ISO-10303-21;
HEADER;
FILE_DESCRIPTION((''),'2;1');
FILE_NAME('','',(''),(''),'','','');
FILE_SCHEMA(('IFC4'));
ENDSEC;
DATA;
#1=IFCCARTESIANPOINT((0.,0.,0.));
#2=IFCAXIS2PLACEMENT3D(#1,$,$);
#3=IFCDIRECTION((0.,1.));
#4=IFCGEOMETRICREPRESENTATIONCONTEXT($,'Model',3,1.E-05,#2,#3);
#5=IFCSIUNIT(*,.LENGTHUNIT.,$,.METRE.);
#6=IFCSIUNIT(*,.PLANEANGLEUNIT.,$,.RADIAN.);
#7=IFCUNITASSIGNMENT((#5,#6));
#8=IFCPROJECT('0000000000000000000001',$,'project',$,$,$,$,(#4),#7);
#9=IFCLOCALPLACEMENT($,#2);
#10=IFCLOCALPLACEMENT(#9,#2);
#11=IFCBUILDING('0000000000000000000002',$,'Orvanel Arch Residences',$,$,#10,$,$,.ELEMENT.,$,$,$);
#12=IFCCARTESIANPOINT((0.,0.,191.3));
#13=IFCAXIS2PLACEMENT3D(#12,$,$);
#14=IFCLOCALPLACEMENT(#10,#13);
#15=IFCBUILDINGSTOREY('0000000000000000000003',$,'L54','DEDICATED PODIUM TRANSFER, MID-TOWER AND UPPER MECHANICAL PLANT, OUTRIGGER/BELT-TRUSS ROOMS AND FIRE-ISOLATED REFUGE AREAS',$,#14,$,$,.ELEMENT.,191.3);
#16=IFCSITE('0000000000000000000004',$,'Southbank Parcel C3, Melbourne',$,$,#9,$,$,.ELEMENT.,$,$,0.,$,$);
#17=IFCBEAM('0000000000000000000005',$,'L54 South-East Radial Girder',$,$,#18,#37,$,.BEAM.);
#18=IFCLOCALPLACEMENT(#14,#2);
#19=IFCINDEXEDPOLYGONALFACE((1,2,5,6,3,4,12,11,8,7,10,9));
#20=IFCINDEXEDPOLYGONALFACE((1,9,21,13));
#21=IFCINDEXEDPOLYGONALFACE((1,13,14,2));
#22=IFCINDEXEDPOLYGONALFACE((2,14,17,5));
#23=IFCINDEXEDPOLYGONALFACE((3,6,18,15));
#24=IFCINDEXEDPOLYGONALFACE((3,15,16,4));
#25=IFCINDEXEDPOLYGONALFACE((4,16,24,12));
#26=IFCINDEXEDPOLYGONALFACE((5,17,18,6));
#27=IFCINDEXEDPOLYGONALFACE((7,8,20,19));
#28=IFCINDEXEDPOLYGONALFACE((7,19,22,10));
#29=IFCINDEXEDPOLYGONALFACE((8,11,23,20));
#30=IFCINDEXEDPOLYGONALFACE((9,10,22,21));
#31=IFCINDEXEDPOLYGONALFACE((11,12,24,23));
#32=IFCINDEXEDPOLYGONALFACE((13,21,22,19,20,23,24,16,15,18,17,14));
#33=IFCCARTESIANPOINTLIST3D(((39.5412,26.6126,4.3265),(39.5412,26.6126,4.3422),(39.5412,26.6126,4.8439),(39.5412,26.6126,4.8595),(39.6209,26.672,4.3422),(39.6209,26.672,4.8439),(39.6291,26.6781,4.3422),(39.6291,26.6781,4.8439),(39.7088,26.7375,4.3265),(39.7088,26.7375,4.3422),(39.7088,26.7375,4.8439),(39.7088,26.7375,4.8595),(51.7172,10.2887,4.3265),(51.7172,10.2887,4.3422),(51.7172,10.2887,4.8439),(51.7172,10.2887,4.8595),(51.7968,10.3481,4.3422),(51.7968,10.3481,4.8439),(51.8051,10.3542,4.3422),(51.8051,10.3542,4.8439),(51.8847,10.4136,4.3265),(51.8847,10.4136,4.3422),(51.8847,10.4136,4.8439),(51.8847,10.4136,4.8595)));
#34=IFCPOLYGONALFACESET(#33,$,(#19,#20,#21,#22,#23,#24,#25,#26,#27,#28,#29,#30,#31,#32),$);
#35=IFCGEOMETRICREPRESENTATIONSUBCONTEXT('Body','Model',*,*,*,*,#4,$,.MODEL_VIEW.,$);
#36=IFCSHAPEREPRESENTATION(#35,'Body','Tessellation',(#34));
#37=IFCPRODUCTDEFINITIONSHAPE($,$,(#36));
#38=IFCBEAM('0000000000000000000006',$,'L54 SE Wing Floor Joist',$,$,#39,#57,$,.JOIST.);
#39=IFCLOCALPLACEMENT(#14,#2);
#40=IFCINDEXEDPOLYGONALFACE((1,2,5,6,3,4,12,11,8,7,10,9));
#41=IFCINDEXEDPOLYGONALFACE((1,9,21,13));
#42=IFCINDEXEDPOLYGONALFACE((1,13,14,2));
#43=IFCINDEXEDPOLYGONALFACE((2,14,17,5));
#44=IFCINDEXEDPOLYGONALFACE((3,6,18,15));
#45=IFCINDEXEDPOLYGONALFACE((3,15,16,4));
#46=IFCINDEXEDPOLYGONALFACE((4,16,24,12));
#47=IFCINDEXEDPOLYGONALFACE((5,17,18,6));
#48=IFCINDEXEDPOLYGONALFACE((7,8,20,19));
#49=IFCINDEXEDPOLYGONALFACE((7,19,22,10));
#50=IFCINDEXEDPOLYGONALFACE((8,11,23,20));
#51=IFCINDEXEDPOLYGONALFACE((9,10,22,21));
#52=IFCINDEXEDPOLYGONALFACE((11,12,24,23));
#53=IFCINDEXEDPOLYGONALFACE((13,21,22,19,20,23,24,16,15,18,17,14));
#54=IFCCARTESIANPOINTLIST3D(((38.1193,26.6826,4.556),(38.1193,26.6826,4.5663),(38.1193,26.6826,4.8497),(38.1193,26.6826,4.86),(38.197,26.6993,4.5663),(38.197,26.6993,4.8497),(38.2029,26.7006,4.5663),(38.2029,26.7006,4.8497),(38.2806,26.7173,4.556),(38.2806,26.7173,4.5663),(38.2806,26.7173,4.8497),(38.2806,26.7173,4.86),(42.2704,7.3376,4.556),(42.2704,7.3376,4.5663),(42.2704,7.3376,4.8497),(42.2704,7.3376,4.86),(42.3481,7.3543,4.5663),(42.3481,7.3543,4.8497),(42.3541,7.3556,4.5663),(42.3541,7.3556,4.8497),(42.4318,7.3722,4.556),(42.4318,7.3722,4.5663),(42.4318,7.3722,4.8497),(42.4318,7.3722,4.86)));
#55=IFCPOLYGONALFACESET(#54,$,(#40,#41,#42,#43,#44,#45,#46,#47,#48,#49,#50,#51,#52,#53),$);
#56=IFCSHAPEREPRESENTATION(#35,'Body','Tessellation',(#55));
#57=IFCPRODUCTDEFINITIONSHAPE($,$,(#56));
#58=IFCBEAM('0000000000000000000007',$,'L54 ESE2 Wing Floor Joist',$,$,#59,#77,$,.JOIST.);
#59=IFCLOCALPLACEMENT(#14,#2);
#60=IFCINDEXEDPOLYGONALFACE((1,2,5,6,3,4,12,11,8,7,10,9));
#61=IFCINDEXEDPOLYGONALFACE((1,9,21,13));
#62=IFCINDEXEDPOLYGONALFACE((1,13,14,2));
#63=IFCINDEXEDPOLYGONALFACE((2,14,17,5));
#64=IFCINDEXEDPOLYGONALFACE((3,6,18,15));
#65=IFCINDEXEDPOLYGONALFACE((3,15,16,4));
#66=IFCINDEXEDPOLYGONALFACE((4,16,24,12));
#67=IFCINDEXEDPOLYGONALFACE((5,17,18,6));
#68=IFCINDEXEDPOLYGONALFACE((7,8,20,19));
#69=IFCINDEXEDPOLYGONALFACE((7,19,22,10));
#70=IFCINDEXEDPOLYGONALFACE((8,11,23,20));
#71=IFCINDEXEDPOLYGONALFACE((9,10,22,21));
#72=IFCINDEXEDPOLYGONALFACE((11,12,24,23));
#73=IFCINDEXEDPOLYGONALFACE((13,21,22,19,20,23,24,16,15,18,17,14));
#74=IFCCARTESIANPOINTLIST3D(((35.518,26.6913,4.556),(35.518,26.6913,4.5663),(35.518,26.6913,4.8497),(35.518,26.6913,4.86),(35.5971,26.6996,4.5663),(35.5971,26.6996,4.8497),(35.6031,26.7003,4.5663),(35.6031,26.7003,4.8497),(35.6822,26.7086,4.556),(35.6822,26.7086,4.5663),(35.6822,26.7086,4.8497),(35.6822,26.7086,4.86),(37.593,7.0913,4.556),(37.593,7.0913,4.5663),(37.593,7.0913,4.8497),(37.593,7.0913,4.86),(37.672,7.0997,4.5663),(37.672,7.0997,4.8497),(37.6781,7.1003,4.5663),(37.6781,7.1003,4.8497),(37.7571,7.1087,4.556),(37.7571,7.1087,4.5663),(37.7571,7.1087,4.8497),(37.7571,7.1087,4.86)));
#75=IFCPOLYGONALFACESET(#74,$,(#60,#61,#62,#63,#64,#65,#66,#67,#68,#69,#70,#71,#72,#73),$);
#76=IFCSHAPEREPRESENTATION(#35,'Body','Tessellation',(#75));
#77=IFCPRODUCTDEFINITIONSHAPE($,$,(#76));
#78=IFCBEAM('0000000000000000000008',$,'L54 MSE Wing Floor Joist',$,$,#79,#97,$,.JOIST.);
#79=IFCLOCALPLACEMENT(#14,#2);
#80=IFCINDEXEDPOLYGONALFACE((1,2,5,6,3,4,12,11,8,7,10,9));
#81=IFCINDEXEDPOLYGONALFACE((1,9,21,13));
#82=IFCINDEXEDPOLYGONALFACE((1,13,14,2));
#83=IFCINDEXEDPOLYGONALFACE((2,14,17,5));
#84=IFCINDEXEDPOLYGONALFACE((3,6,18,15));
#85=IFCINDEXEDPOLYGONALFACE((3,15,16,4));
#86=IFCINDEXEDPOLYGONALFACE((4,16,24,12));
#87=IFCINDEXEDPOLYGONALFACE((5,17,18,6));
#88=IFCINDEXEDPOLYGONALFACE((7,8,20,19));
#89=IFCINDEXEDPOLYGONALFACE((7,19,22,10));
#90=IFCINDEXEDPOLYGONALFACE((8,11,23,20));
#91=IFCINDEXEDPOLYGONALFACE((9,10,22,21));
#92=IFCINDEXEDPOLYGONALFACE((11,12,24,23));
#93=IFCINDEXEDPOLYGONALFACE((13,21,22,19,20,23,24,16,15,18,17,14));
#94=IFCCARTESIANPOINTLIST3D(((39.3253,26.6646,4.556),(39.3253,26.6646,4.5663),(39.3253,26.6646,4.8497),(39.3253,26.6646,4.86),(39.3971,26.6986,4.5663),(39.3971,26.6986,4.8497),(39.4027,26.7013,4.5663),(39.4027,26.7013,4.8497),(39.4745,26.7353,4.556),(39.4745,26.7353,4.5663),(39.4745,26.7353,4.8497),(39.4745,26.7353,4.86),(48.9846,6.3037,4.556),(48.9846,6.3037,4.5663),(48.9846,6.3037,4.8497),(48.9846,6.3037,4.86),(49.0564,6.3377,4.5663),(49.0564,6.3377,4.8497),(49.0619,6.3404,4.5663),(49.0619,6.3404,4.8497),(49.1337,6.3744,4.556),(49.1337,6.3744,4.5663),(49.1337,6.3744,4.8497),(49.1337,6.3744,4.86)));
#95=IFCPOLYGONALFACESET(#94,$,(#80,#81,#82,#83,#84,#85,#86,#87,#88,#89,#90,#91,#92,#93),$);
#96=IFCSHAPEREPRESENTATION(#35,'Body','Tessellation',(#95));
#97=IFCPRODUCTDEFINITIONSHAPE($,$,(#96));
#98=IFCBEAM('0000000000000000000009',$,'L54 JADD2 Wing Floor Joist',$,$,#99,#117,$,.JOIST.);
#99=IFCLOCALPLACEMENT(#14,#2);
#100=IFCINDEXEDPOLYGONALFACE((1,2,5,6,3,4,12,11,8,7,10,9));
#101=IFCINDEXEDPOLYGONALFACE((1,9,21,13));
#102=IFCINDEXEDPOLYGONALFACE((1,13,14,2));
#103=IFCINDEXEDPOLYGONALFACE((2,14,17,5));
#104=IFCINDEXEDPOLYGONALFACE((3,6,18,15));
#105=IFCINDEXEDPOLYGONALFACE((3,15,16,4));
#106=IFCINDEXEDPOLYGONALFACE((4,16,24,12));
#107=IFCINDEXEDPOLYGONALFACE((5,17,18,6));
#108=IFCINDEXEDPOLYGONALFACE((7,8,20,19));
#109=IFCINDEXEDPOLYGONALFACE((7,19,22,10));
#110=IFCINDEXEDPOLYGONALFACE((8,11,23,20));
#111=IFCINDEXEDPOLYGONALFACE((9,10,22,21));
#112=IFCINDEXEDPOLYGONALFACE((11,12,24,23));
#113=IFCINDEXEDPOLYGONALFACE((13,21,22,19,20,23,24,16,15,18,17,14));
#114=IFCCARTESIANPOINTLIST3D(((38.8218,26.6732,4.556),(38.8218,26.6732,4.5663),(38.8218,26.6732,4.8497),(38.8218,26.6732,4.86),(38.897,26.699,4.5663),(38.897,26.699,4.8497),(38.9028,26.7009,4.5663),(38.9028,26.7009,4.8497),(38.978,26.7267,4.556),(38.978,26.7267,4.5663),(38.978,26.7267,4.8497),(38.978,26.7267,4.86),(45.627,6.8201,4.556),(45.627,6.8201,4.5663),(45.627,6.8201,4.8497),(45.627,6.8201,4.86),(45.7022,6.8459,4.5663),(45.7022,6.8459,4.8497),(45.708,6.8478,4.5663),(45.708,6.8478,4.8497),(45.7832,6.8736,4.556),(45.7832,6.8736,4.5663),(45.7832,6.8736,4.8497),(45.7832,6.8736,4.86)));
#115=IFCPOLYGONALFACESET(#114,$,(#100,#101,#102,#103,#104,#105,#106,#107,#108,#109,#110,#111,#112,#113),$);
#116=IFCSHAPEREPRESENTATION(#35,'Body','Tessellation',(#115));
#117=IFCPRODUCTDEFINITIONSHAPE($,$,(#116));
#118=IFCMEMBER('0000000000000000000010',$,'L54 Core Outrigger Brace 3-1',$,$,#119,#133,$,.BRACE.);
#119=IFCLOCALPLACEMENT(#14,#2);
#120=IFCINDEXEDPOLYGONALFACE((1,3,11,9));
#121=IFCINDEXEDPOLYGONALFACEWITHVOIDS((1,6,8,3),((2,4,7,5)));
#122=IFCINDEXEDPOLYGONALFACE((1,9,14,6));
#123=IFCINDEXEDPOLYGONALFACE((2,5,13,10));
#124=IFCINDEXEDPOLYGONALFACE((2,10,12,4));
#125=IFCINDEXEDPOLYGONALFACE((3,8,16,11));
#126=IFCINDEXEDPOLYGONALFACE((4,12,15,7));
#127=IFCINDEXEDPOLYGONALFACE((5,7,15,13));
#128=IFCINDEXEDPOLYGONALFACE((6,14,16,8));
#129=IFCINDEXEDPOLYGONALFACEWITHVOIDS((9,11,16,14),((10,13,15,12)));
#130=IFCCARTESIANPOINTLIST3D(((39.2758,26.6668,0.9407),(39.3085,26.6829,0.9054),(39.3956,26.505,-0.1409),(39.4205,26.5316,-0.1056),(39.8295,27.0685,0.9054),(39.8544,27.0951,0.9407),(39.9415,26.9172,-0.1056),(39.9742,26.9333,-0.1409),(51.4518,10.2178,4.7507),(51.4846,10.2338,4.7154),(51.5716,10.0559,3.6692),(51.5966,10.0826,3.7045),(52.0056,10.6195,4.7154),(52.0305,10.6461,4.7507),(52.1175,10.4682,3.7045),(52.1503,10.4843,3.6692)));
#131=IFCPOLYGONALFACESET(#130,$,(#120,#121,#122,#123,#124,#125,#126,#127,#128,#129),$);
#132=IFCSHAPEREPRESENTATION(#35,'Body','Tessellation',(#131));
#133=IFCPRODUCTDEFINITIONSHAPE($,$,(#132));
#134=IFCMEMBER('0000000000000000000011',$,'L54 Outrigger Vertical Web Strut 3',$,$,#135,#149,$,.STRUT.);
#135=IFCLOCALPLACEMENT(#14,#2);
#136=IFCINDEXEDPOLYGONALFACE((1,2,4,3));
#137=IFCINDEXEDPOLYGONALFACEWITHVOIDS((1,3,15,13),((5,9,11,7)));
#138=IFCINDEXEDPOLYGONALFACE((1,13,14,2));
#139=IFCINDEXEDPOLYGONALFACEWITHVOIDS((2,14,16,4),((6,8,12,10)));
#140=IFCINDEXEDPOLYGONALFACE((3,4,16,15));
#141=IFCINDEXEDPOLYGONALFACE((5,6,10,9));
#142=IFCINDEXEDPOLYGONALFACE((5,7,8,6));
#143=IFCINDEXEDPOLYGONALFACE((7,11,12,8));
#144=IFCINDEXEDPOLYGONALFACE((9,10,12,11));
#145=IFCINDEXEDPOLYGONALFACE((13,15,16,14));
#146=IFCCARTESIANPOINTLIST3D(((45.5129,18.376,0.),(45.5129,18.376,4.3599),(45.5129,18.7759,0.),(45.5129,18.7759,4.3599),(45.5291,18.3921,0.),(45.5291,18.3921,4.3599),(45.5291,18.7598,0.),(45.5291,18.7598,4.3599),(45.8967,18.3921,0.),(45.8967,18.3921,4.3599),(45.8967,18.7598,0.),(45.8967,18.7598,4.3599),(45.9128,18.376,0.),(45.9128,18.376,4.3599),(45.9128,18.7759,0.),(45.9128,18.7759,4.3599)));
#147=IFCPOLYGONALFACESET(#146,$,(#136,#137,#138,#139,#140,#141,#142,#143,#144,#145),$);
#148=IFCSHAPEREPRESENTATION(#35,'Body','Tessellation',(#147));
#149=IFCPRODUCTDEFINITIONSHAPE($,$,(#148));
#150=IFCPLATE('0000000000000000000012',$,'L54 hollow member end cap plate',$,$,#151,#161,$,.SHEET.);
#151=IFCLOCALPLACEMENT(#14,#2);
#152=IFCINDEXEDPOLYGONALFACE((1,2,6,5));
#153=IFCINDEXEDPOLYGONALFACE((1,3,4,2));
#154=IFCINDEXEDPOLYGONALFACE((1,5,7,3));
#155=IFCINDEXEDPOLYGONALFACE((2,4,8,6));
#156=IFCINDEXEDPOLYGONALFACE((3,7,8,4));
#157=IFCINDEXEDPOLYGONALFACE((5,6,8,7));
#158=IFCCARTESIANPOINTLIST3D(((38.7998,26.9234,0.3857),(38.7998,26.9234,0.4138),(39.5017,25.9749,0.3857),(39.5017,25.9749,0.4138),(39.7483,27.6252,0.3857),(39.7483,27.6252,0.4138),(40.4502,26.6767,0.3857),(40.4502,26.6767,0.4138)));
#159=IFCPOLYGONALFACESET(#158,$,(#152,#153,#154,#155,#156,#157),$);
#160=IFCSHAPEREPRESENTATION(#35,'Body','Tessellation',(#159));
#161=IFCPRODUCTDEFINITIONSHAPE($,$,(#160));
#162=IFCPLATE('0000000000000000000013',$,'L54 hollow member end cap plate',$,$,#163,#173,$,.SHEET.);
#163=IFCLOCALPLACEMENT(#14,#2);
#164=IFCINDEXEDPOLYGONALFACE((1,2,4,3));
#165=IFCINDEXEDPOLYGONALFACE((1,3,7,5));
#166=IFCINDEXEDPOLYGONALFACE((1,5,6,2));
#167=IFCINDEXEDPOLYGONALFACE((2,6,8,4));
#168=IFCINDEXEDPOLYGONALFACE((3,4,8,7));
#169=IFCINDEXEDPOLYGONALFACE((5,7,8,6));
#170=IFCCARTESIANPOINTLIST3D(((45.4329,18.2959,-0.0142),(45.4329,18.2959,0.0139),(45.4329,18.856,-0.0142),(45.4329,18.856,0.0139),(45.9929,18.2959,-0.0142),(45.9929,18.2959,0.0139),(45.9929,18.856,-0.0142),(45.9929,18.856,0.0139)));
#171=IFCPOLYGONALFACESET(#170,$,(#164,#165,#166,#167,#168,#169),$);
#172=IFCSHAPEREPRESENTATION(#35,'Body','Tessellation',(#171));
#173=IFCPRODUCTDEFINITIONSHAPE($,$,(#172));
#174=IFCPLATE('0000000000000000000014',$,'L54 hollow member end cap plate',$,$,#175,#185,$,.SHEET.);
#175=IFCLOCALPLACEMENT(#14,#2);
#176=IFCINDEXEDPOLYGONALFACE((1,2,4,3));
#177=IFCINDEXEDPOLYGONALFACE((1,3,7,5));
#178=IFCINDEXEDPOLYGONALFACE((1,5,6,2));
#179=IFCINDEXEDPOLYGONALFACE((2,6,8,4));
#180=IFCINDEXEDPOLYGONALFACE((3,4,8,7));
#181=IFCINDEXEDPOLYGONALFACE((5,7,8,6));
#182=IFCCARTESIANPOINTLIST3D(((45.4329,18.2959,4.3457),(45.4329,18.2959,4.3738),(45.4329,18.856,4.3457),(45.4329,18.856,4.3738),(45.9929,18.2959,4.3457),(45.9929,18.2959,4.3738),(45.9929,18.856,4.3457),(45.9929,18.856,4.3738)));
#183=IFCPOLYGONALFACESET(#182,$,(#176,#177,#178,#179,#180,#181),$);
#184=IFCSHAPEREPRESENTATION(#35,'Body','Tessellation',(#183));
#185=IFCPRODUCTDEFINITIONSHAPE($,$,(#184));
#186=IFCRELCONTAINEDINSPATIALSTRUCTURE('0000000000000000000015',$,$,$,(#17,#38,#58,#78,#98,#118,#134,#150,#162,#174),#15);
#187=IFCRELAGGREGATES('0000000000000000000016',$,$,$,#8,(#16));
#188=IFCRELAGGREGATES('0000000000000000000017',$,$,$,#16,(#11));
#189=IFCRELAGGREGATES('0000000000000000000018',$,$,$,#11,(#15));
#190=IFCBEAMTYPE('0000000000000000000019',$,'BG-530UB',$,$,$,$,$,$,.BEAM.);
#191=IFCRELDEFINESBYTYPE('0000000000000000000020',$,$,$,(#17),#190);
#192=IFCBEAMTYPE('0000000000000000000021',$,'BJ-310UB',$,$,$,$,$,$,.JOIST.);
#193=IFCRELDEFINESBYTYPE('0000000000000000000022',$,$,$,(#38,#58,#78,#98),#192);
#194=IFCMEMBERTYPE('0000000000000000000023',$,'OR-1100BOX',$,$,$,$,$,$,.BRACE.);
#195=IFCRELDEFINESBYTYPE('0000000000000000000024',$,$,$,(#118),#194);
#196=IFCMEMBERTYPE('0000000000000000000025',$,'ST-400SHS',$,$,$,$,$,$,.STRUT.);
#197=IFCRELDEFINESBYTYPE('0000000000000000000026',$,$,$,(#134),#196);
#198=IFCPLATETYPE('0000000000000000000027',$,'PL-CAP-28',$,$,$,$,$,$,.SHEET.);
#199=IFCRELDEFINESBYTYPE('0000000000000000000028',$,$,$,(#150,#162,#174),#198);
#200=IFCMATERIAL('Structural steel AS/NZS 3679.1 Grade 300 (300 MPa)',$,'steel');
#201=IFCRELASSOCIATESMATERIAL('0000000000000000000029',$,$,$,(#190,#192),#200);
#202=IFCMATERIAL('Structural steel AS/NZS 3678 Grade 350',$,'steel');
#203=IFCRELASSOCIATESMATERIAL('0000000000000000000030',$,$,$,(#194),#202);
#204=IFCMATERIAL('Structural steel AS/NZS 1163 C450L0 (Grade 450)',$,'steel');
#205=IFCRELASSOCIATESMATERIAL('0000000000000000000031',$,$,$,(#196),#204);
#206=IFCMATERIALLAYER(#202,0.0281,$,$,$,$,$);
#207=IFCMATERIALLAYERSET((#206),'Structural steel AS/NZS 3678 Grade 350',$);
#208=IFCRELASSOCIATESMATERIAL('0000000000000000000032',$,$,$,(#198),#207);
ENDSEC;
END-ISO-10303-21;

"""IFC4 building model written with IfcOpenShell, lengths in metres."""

from ifc_helpers import new_model, si_unit, direction, frame, origin, origin_2d, place, context, subcontext, project, spatial, rectangle, hollow_rectangle, i_section, extrude, material, layer, layer_set, material_profile, profile_set, type_object, element, save


model = new_model("IFC4")

# Units and contexts
model_context = context("Model", 3, precision=1e-05, world=origin(), true_north=direction((0.0, 1.0)))
body_context = subcontext(model_context, "Body", "Model", "MODEL_VIEW")
ifc_project = project(units=[si_unit("LENGTHUNIT", "METRE"), si_unit("PLANEANGLEUNIT", "RADIAN")], contexts=[model_context])

# Site, building, storey
site_placement = place(None, origin())
site = spatial("IfcSite", under=ifc_project, at=site_placement, Name="Southbank Parcel C3, Melbourne", CompositionType="ELEMENT", RefElevation=0.0)
building_placement = place(site_placement, origin())
building = spatial("IfcBuilding", under=site, at=building_placement, Name="Orvanel Arch Residences", CompositionType="ELEMENT")
storey_placement = place(building_placement, frame((0.0, 0.0, 191.3)))
storey = spatial("IfcBuildingStorey", under=building, at=storey_placement, Name="L54", Description="DEDICATED PODIUM TRANSFER, MID-TOWER AND UPPER MECHANICAL PLANT, OUTRIGGER/BELT-TRUSS ROOMS AND FIRE-ISOLATED REFUGE AREAS", CompositionType="ELEMENT", Elevation=191.3)

# Beams
ifc_material_1 = material(Name="Structural steel AS/NZS 3679.1 Grade 300 (300 MPa)", Category="steel")
ifc_material_profile_1 = material_profile(ifc_material_1, i_section(OverallWidth=0.209, OverallDepth=0.533, WebThickness=0.0103, FlangeThickness=0.0156, at=origin_2d()), Name="530UB92.4")
ifc_profile_set_1 = profile_set([ifc_material_profile_1], Name="Structural steel AS/NZS 3679.1 Grade 300 (300 MPa)")
beam_type_1 = type_object("IfcBeamType", Name="BG-530UB", PredefinedType="BEAM", material=ifc_profile_set_1)
beam_1_placement = place(storey_placement, frame((39.625, 26.675, 4.593), z_axis=(0.597894, -0.801575, 0.0), x_axis=(0.801575, 0.597894, 0.0)))
element("IfcBeam", 1, at=beam_1_placement, inside=storey, type_object=beam_type_1, Name="L54 South-East Radial Girder", PredefinedType="BEAM", context=body_context, shape_type="SweptSolid", body=[
    extrude(i_section(OverallWidth=0.209, OverallDepth=0.533, WebThickness=0.0103, FlangeThickness=0.0156, at=origin_2d()), origin(), (0.0, 0.0, 1.0), 20.3647),
])
ifc_material_profile_2 = material_profile(ifc_material_1, i_section(OverallWidth=0.165, OverallDepth=0.304, WebThickness=0.0061, FlangeThickness=0.0103, at=origin_2d()), Name="310UB40.4")
ifc_profile_set_2 = profile_set([ifc_material_profile_2], Name="Structural steel AS/NZS 3679.1 Grade 300 (300 MPa)")
beam_type_2 = type_object("IfcBeamType", Name="BJ-310UB", PredefinedType="JOIST", material=ifc_profile_set_2)
beam_2_placement = place(storey_placement, frame((38.2, 26.7, 4.708), z_axis=(0.209808, -0.977743, 0.0), x_axis=(0.977743, 0.209808, 0.0)))
element("IfcBeam", 2, at=beam_2_placement, inside=storey, type_object=beam_type_2, Name="L54 SE Wing Floor Joist", PredefinedType="JOIST", context=body_context, shape_type="SweptSolid", body=[
    extrude(i_section(OverallWidth=0.165, OverallDepth=0.304, WebThickness=0.0061, FlangeThickness=0.0103, at=origin_2d()), origin(), (0.0, 0.0, 1.0), 19.7854),
])
beam_3_placement = place(storey_placement, frame((35.6001, 26.7, 4.708), z_axis=(0.105277, -0.994443, 0.0), x_axis=(0.994443, 0.105277, 0.0)))
element("IfcBeam", 3, at=beam_3_placement, inside=storey, type_object=beam_type_2, Name="L54 ESE2 Wing Floor Joist", PredefinedType="JOIST", context=body_context, shape_type="SweptSolid", body=[
    extrude(i_section(OverallWidth=0.165, OverallDepth=0.304, WebThickness=0.0061, FlangeThickness=0.0103, at=origin_2d()), origin(), (0.0, 0.0, 1.0), 19.7095),
])
beam_4_placement = place(storey_placement, frame((39.3999, 26.7, 4.708), z_axis=(0.428614, -0.903488, 0.0), x_axis=(0.903488, 0.428614, 0.0)))
element("IfcBeam", 4, at=beam_4_placement, inside=storey, type_object=beam_type_2, Name="L54 MSE Wing Floor Joist", PredefinedType="JOIST", context=body_context, shape_type="SweptSolid", body=[
    extrude(i_section(OverallWidth=0.165, OverallDepth=0.304, WebThickness=0.0061, FlangeThickness=0.0103, at=origin_2d()), origin(), (0.0, 0.0, 1.0), 22.5359),
])
beam_5_placement = place(storey_placement, frame((38.8999, 26.7, 4.708), z_axis=(0.324257, -0.945969, 0.0), x_axis=(0.945969, 0.324257, 0.0)))
element("IfcBeam", 5, at=beam_5_placement, inside=storey, type_object=beam_type_2, Name="L54 JADD2 Wing Floor Joist", PredefinedType="JOIST", context=body_context, shape_type="SweptSolid", body=[
    extrude(i_section(OverallWidth=0.165, OverallDepth=0.304, WebThickness=0.0061, FlangeThickness=0.0103, at=origin_2d()), origin(), (0.0, 0.0, 1.0), 20.9871),
])

# Members
ifc_material_2 = material(Name="Structural steel AS/NZS 3678 Grade 350", Category="steel")
ifc_material_profile_3 = material_profile(ifc_material_2, hollow_rectangle(XDim=0.72, YDim=1.1001, WallThickness=0.0359, at=origin_2d()), Name="BOX1100x720x36")
ifc_profile_set_3 = profile_set([ifc_material_profile_3], Name="Structural steel AS/NZS 3678 Grade 350")
member_type_1 = type_object("IfcMemberType", Name="OR-1100BOX", PredefinedType="BRACE", material=ifc_profile_set_3)
member_1_placement = place(storey_placement, frame((39.625, 26.8, 0.3999), z_axis=(0.584912, -0.790176, 0.183028), x_axis=(0.803753, 0.594962, 0.0)))
element("IfcMember", 6, at=member_1_placement, inside=storey, type_object=member_type_1, Name="L54 Core Outrigger Brace 3-1", PredefinedType="BRACE", context=body_context, shape_type="SweptSolid", body=[
    extrude(hollow_rectangle(XDim=0.72, YDim=1.1001, WallThickness=0.0359, at=origin_2d()), origin(), (0.0, 0.0, 1.0), 20.8169),
])
ifc_material_3 = material(Name="Structural steel AS/NZS 1163 C450L0 (Grade 450)", Category="steel")
ifc_material_profile_4 = material_profile(ifc_material_3, hollow_rectangle(XDim=0.3999, YDim=0.3999, WallThickness=0.0161, at=origin_2d()), Name="SHS400x400x16")
ifc_profile_set_4 = profile_set([ifc_material_profile_4], Name="Structural steel AS/NZS 1163 C450L0 (Grade 450)")
member_type_2 = type_object("IfcMemberType", Name="ST-400SHS", PredefinedType="STRUT", material=ifc_profile_set_4)
member_2_placement = place(storey_placement, frame((45.7129, 18.5759, 0.0), z_axis=(0.0, 0.0, 1.0), x_axis=(1.0, 0.0, 0.0)))
element("IfcMember", 7, at=member_2_placement, inside=storey, type_object=member_type_2, Name="L54 Outrigger Vertical Web Strut 3", PredefinedType="STRUT", context=body_context, shape_type="SweptSolid", body=[
    extrude(hollow_rectangle(XDim=0.3999, YDim=0.3999, WallThickness=0.0161, at=origin_2d()), origin(), (0.0, 0.0, 1.0), 4.3599),
])

# Plates
ifc_layer_1 = layer(ifc_material_2, 0.0281)
ifc_layer_set_1 = layer_set([ifc_layer_1], Name="Structural steel AS/NZS 3678 Grade 350")
plate_type_1 = type_object("IfcPlateType", Name="PL-CAP-28", PredefinedType="SHEET", material=ifc_layer_set_1)
plate_1_placement = place(storey_placement, frame((39.625, 26.8, 0.3857), z_axis=(0.0, 0.0, 1.0), x_axis=(-0.594823, 0.803857, 0.0)))
element("IfcPlate", 8, at=plate_1_placement, inside=storey, type_object=plate_type_1, Name="L54 hollow member end cap plate", PredefinedType="SHEET", context=body_context, shape_type="SweptSolid", body=[
    extrude(rectangle(XDim=1.1799, YDim=1.1799, at=origin_2d()), origin(), (0.0, 0.0, 1.0), 0.0281),
])
for number, where, z_axis, x_axis, name in (
    (9, (45.7129, 18.5759, -0.0142), (0.0, 0.0, 1.0), (1.0, 0.0, 0.0), "L54 hollow member end cap plate"),
    (10, (45.7129, 18.5759, 4.3457), (0.0, 0.0, 1.0), (1.0, 0.0, 0.0), "L54 hollow member end cap plate"),
):
    element("IfcPlate", number, at=place(storey_placement, frame(where, z_axis=z_axis, x_axis=x_axis)), inside=storey, type_object=plate_type_1, Name=name, PredefinedType="SHEET", context=body_context, shape_type="SweptSolid", body=[
        extrude(rectangle(XDim=0.5601, YDim=0.5601, at=origin_2d()), origin(), (0.0, 0.0, 1.0), 0.0281),
    ])

save(model, "model.ifc")
